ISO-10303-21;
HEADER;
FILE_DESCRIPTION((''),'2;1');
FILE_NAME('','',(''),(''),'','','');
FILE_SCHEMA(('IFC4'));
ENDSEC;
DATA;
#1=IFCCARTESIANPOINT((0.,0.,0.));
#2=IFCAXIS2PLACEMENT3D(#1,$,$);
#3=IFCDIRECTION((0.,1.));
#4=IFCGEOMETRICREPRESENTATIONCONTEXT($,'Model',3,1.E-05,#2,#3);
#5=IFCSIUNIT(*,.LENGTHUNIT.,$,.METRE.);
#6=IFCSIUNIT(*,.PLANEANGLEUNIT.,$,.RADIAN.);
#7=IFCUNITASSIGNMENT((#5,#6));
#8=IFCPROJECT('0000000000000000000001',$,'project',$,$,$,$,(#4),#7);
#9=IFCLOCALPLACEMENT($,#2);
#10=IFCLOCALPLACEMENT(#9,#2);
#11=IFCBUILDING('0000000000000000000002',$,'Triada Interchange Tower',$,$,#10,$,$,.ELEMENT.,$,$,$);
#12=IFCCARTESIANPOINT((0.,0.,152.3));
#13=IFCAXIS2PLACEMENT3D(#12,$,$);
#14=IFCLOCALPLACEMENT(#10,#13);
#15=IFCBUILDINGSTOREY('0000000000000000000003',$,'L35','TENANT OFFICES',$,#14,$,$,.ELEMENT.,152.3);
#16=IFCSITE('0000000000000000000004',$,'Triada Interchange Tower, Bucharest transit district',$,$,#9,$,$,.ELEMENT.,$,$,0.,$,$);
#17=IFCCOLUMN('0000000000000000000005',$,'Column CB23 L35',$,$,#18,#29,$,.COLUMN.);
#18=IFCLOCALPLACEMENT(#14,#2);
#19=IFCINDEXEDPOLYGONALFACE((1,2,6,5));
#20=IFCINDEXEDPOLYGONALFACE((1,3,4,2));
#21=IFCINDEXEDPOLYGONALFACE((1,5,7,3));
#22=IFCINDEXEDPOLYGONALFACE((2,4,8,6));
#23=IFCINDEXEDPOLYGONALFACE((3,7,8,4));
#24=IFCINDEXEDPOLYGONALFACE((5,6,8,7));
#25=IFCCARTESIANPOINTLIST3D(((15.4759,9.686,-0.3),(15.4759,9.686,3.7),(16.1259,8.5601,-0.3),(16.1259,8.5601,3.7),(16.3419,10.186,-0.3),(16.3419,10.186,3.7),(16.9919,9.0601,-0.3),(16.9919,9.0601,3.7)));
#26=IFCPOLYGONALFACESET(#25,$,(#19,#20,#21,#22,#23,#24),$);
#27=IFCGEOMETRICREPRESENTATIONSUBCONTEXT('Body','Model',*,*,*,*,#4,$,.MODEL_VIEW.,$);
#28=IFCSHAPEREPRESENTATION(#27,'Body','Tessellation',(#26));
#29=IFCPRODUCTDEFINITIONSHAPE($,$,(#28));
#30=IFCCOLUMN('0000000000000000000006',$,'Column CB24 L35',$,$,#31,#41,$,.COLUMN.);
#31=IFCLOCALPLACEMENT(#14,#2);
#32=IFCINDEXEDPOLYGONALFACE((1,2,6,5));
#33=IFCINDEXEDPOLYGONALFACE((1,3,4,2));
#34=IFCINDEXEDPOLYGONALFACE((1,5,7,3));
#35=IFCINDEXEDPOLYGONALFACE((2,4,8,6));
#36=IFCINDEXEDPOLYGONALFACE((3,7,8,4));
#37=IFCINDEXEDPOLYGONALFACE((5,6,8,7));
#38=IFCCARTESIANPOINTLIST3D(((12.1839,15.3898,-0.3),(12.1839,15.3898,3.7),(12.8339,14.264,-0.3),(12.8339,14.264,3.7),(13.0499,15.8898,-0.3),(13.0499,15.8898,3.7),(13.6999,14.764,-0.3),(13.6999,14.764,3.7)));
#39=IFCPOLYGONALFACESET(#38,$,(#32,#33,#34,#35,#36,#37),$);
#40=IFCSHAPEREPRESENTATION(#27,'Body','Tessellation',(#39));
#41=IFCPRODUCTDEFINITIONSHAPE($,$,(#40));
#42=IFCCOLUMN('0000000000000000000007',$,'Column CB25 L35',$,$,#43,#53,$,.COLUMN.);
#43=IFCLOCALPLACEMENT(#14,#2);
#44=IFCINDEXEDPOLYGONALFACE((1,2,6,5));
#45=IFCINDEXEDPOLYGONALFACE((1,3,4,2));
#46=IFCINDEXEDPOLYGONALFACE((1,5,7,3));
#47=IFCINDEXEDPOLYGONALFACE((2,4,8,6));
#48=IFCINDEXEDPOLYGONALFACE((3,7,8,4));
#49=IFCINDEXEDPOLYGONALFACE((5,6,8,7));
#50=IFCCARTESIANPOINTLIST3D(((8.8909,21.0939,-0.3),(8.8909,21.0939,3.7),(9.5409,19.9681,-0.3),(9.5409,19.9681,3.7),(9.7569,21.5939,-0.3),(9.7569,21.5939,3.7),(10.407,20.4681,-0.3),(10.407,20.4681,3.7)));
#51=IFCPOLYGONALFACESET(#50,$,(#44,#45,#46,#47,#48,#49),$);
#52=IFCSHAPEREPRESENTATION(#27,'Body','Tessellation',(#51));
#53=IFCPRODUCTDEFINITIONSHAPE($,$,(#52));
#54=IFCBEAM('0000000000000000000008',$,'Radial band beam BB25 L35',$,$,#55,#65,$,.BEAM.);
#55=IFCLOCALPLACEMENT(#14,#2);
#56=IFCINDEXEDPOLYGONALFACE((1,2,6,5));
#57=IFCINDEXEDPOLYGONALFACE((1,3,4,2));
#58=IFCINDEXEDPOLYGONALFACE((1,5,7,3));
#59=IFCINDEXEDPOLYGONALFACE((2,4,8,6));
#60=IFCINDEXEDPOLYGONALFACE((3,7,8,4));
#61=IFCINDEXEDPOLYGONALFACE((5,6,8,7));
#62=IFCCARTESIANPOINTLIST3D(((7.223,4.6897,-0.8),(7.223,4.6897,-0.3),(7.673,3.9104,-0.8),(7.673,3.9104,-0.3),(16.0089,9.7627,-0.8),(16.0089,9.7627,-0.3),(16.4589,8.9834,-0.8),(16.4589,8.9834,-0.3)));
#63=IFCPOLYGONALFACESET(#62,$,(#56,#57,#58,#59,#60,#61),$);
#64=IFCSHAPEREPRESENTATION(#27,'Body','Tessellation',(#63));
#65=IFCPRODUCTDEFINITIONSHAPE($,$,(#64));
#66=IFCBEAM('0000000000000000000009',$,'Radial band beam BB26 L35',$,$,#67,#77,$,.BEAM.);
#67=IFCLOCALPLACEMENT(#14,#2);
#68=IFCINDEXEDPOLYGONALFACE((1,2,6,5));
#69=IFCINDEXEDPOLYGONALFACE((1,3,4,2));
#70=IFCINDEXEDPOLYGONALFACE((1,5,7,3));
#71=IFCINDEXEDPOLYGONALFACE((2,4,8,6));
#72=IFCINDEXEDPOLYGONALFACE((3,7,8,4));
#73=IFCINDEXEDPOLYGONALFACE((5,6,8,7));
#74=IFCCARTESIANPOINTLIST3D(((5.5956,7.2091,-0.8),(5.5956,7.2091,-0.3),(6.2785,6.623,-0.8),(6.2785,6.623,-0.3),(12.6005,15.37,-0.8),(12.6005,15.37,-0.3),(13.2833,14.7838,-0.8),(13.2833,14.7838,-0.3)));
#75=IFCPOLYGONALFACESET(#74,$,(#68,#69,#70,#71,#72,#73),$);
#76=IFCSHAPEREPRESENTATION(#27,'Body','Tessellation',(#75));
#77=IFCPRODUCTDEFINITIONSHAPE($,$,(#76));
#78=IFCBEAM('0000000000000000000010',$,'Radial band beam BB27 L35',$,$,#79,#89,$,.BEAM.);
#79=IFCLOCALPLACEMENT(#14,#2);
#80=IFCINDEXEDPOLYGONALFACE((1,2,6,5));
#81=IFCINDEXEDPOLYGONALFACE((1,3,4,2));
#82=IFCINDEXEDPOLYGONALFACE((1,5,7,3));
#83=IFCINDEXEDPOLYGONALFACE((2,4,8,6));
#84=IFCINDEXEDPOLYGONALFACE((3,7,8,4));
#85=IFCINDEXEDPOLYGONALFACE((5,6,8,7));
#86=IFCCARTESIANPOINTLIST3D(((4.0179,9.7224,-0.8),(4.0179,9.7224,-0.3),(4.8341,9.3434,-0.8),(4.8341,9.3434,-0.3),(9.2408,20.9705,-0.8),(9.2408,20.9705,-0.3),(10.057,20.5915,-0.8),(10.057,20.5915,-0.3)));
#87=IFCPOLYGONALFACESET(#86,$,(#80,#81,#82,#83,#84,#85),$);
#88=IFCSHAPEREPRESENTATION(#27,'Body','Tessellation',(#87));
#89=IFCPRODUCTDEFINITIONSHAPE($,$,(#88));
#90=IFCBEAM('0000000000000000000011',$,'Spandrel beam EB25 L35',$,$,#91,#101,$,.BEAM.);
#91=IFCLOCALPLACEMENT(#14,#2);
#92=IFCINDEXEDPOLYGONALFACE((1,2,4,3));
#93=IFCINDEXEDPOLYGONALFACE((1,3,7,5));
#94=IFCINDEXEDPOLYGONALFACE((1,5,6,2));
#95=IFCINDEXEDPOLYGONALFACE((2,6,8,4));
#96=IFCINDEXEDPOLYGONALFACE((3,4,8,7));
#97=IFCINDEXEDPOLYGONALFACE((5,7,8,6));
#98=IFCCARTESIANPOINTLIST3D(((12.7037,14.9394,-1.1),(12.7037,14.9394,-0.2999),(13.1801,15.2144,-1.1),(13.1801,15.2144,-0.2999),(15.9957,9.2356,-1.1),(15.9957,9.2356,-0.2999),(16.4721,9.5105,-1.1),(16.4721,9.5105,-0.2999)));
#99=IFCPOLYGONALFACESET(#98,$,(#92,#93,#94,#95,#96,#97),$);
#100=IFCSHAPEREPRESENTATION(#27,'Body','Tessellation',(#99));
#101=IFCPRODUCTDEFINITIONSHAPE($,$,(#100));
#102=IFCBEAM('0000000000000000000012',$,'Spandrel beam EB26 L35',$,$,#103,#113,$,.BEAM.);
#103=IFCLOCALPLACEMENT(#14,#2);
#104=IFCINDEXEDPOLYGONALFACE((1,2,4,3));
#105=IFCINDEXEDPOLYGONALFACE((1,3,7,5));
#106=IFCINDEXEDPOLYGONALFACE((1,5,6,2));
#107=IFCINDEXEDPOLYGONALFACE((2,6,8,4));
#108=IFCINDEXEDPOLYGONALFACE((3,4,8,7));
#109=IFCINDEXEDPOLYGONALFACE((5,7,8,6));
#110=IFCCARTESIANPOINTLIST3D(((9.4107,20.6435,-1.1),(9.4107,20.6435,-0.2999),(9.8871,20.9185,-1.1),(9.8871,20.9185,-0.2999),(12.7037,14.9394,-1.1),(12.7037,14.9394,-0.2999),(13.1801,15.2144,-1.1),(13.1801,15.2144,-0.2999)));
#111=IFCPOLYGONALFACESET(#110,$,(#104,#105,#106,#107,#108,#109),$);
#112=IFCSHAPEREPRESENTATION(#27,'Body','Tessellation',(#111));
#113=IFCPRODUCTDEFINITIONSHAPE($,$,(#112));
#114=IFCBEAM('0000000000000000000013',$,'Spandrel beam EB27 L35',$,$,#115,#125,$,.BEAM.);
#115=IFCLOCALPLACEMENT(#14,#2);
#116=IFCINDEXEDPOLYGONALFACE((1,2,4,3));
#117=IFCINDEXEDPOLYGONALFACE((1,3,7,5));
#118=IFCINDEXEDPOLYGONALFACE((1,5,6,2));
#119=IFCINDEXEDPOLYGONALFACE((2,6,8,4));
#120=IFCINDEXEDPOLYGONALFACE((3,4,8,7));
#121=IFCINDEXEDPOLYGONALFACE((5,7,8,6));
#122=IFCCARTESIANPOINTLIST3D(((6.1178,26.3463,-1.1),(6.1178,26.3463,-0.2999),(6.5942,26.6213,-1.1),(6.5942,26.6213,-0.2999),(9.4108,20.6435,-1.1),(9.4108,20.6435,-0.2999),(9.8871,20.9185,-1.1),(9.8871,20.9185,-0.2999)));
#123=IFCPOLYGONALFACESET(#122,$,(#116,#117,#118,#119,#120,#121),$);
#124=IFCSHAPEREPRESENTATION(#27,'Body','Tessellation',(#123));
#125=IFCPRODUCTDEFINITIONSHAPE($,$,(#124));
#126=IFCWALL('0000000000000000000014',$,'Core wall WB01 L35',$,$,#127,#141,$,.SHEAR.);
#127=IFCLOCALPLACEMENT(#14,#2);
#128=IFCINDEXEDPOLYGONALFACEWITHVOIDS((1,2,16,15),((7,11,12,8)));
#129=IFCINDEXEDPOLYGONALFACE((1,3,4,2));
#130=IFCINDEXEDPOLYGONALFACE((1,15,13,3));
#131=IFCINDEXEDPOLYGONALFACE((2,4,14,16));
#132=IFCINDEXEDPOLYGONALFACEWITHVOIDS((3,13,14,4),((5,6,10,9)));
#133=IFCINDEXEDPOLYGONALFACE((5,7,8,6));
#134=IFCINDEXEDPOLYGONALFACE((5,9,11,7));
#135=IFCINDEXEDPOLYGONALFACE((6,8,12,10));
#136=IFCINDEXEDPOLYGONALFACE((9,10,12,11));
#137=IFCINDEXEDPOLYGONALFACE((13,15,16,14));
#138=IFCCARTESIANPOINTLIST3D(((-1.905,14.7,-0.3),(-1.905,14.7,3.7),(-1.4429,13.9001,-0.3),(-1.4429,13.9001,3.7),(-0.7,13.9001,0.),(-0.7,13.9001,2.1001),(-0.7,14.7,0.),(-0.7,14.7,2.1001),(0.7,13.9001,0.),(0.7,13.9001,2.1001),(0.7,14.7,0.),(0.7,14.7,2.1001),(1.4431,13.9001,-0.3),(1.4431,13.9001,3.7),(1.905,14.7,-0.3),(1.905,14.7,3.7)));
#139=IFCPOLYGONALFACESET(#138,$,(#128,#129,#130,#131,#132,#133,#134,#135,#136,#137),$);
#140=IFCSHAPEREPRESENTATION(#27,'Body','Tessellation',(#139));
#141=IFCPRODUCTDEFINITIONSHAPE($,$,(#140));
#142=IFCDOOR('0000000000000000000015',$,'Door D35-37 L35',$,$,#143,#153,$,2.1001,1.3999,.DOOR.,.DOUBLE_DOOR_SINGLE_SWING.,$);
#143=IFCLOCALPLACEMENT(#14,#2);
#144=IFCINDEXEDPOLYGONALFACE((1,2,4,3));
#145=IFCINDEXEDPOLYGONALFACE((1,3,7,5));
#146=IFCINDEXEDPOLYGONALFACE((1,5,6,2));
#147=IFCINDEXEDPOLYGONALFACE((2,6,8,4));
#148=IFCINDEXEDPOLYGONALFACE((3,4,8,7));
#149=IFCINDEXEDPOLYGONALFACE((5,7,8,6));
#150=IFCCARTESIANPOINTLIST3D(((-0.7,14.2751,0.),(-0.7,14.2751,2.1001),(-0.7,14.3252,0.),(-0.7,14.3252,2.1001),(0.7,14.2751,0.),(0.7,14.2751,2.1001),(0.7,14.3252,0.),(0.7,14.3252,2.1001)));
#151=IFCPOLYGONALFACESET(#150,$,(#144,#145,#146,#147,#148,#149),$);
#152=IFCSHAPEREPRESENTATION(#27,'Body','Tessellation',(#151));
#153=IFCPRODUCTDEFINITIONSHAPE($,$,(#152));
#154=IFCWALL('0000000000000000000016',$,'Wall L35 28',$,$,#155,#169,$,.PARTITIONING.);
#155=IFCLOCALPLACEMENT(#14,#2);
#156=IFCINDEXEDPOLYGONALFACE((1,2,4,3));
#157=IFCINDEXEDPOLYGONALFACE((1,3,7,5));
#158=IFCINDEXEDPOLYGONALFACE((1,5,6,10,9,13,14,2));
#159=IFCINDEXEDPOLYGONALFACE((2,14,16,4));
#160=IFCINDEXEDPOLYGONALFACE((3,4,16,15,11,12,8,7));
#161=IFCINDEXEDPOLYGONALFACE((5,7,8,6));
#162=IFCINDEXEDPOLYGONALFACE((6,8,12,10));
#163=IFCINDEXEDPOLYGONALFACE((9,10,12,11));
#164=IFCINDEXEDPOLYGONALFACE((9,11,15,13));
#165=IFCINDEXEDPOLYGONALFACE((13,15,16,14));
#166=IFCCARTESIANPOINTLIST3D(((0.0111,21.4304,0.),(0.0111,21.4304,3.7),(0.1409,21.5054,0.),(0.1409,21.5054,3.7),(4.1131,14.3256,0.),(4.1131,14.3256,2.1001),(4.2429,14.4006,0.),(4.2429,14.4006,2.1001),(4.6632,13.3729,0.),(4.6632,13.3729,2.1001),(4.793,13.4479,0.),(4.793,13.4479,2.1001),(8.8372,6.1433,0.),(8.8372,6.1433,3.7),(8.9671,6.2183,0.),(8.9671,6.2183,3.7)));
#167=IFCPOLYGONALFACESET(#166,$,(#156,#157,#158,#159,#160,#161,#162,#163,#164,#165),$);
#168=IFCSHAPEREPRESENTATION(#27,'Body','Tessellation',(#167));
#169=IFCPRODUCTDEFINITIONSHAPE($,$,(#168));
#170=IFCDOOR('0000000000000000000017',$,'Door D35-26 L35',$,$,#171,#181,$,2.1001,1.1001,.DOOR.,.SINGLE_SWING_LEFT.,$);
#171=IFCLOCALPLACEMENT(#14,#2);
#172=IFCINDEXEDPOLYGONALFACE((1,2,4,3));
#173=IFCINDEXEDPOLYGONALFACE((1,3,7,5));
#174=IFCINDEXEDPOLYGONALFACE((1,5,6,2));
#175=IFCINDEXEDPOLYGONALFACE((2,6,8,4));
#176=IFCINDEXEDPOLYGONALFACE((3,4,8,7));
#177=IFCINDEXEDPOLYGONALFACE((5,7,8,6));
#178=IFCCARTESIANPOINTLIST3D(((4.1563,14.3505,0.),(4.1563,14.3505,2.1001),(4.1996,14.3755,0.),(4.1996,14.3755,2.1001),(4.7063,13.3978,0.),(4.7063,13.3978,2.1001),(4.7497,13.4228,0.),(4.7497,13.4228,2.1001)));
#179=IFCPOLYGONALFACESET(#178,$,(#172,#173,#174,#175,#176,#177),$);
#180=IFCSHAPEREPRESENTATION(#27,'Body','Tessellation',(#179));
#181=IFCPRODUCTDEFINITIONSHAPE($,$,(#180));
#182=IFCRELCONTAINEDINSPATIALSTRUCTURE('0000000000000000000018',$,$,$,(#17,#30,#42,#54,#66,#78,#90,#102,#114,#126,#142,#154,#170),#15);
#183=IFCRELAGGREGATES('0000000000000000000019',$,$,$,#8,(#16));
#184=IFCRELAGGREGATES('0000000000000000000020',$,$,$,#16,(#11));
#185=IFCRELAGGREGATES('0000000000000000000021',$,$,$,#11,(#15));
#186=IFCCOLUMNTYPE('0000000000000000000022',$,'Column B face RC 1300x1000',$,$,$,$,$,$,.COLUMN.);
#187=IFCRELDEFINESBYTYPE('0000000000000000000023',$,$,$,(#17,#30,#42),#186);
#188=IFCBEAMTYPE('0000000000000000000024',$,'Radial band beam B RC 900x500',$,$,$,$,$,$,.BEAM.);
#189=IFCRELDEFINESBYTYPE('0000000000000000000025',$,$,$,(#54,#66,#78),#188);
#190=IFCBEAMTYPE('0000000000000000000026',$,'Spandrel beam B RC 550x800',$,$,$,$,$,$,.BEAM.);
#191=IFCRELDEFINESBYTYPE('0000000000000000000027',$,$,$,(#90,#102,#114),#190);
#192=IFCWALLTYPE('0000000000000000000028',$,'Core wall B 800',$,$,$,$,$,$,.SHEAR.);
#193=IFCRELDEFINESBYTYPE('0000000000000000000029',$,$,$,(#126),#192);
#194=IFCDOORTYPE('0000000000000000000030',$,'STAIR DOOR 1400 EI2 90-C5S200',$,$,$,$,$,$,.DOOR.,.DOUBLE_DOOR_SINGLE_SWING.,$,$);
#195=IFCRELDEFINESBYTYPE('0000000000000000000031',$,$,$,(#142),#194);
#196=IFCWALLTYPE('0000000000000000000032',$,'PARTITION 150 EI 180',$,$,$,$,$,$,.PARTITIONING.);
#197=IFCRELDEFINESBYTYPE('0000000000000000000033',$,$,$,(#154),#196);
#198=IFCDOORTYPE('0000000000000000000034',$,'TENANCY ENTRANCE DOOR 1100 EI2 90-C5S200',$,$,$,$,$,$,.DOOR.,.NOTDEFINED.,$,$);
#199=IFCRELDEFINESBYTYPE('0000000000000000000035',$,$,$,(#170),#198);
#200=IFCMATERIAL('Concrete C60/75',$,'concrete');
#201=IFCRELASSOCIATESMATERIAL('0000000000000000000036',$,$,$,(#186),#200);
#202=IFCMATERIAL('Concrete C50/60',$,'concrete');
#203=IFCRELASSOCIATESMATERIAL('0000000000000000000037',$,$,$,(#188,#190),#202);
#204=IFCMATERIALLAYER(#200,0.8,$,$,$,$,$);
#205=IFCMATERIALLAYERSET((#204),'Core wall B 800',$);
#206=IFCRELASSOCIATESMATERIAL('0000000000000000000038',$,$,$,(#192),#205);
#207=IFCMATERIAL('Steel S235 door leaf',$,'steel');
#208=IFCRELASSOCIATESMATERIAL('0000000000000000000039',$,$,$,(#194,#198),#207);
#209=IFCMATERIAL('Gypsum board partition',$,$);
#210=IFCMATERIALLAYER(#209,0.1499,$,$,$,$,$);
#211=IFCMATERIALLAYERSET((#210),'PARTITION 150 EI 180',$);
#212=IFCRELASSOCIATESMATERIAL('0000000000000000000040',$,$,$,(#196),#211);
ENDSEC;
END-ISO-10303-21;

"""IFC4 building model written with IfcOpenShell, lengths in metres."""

from ifc_helpers import new_model, si_unit, direction, frame, frame_2d, origin, origin_2d, place, context, subcontext, project, spatial, polyline, rectangle, outline, extrude, material, layer, layer_set, material_profile, profile_set, type_object, element, fill, save


model = new_model("IFC4")

# Units and contexts
model_context = context("Model", 3, precision=1e-05, world=origin(), true_north=direction((0.0, 1.0)))
body_context = subcontext(model_context, "Body", "Model", "MODEL_VIEW")
ifc_project = project(units=[si_unit("LENGTHUNIT", "METRE"), si_unit("PLANEANGLEUNIT", "RADIAN")], contexts=[model_context])

# Site, building, storey
site_placement = place(None, origin())
site = spatial("IfcSite", under=ifc_project, at=site_placement, Name="Triada Interchange Tower, Bucharest transit district", CompositionType="ELEMENT", RefElevation=0.0)
building_placement = place(site_placement, origin())
building = spatial("IfcBuilding", under=site, at=building_placement, Name="Triada Interchange Tower", CompositionType="ELEMENT")
storey_placement = place(building_placement, frame((0.0, 0.0, 152.3)))
storey = spatial("IfcBuildingStorey", under=building, at=storey_placement, Name="L35", Description="TENANT OFFICES", CompositionType="ELEMENT", Elevation=152.3)

# Columns
ifc_material_1 = material(Name="Concrete C60/75", Category="concrete")
ifc_material_profile_1 = material_profile(ifc_material_1, rectangle(XDim=1.3, YDim=1.0, at=origin_2d()), Name="RC 1300x1000")
ifc_profile_set_1 = profile_set([ifc_material_profile_1], Name="Concrete C60/75")
column_type = type_object("IfcColumnType", Name="Column B face RC 1300x1000", PredefinedType="COLUMN", material=ifc_profile_set_1)
for number, where, z_axis, x_axis, name in (
    (1, (16.2339, 9.373, -0.3), (0.0, 0.0, 1.0), (-0.5, 0.866025, 0.0), "Column CB23 L35"),
    (2, (12.9419, 15.0769, -0.3), (0.0, 0.0, 1.0), (-0.5, 0.866025, 0.0), "Column CB24 L35"),
    (3, (9.6489, 20.781, -0.3), (0.0, 0.0, 1.0), (-0.5, 0.866025, 0.0), "Column CB25 L35"),
):
    element("IfcColumn", number, at=place(storey_placement, frame(where, z_axis=z_axis, x_axis=x_axis)), inside=storey, type_object=column_type, Name=name, PredefinedType="COLUMN", context=body_context, shape_type="SweptSolid", body=[
        extrude(rectangle(XDim=1.3, YDim=1.0, at=origin_2d()), origin(), (0.0, 0.0, 1.0), 4.0),
    ])

# Beams
ifc_material_2 = material(Name="Concrete C50/60", Category="concrete")
ifc_material_profile_2 = material_profile(ifc_material_2, rectangle(XDim=0.8999, YDim=0.5, at=origin_2d()), Name="RC 900x500")
ifc_profile_set_2 = profile_set([ifc_material_profile_2], Name="Concrete C50/60")
beam_type_1 = type_object("IfcBeamType", Name="Radial band beam B RC 900x500", PredefinedType="BEAM", material=ifc_profile_set_2)
beam_1_placement = place(storey_placement, frame((16.2339, 9.373, -0.55), z_axis=(-0.866006, -0.500034, 0.0), x_axis=(0.500034, -0.866006, 0.0)))
element("IfcBeam", 4, at=beam_1_placement, inside=storey, type_object=beam_type_1, Name="Radial band beam BB25 L35", PredefinedType="BEAM", context=body_context, shape_type="SweptSolid", body=[
    extrude(rectangle(XDim=0.8999, YDim=0.5, at=origin_2d()), origin(), (0.0, 0.0, 1.0), 10.1453),
])
beam_2_placement = place(storey_placement, frame((12.9419, 15.0769, -0.55), z_axis=(-0.651318, -0.758805, 0.0), x_axis=(0.758805, -0.651318, 0.0)))
element("IfcBeam", 5, at=beam_2_placement, inside=storey, type_object=beam_type_1, Name="Radial band beam BB26 L35", PredefinedType="BEAM", context=body_context, shape_type="SweptSolid", body=[
    extrude(rectangle(XDim=0.8999, YDim=0.5, at=origin_2d()), origin(), (0.0, 0.0, 1.0), 10.7549),
])
beam_3_placement = place(storey_placement, frame((9.6489, 20.781, -0.55), z_axis=(-0.421151, -0.906991, 0.0), x_axis=(0.906991, -0.421151, 0.0)))
element("IfcBeam", 6, at=beam_3_placement, inside=storey, type_object=beam_type_1, Name="Radial band beam BB27 L35", PredefinedType="BEAM", context=body_context, shape_type="SweptSolid", body=[
    extrude(rectangle(XDim=0.8999, YDim=0.5, at=origin_2d()), origin(), (0.0, 0.0, 1.0), 12.4016),
])
ifc_material_profile_3 = material_profile(ifc_material_2, rectangle(XDim=0.55, YDim=0.8, at=origin_2d()), Name="RC 550x800")
ifc_profile_set_3 = profile_set([ifc_material_profile_3], Name="Concrete C50/60")
beam_type_2 = type_object("IfcBeamType", Name="Spandrel beam B RC 550x800", PredefinedType="BEAM", material=ifc_profile_set_3)
beam_4_placement = place(storey_placement, frame((16.2339, 9.373, -0.7), z_axis=(-0.499871, 0.8661, 0.0), x_axis=(-0.8661, -0.499871, 0.0)))
element("IfcBeam", 7, at=beam_4_placement, inside=storey, type_object=beam_type_2, Name="Spandrel beam EB25 L35", PredefinedType="BEAM", context=body_context, shape_type="SweptSolid", body=[
    extrude(rectangle(XDim=0.55, YDim=0.8, at=origin_2d()), origin(), (0.0, 0.0, 1.0), 6.5857),
])
beam_5_placement = place(storey_placement, frame((12.9419, 15.0769, -0.7), z_axis=(-0.499966, 0.866045, 0.0), x_axis=(-0.866045, -0.499966, 0.0)))
element("IfcBeam", 8, at=beam_5_placement, inside=storey, type_object=beam_type_2, Name="Spandrel beam EB26 L35", PredefinedType="BEAM", context=body_context, shape_type="SweptSolid", body=[
    extrude(rectangle(XDim=0.55, YDim=0.8, at=origin_2d()), origin(), (0.0, 0.0, 1.0), 6.5864),
])
beam_6_placement = place(storey_placement, frame((9.6489, 20.781, -0.7), z_axis=(-0.500047, 0.865999, 0.0), x_axis=(-0.865999, -0.500047, 0.0)))
element("IfcBeam", 9, at=beam_6_placement, inside=storey, type_object=beam_type_2, Name="Spandrel beam EB27 L35", PredefinedType="BEAM", context=body_context, shape_type="SweptSolid", body=[
    extrude(rectangle(XDim=0.55, YDim=0.8, at=origin_2d()), origin(), (0.0, 0.0, 1.0), 6.5852),
])

# Walls, openings, doors
ifc_layer_1 = layer(ifc_material_1, 0.8)
ifc_layer_set_1 = layer_set([ifc_layer_1], Name="Core wall B 800")
wall_type_1 = type_object("IfcWallType", Name="Core wall B 800", PredefinedType="SHEAR", material=ifc_layer_set_1)
wall_1_placement = place(storey_placement, frame((1.6741, 14.3, -0.3), z_axis=(0.0, 0.0, 1.0), x_axis=(-1.0, 0.0, 0.0)))
wall_1 = element("IfcWall", 10, at=wall_1_placement, inside=storey, type_object=wall_type_1, Name="Core wall WB01 L35", PredefinedType="SHEAR", context=body_context, shape_type="SweptSolid", body=[
    extrude(outline(polyline([(-0.231, -0.3999), (1.6741, -0.3999), (3.5791, -0.3999), (3.1169, 0.3999), (1.6738, 0.3999), (0.231, 0.3999), (-0.231, -0.3999)])), origin(), (0.0, 0.0, 1.0), 4.0),
])
opening_1_placement = place(wall_1_placement, frame((0.9741, 0.0, 0.3)))
opening_1 = element("IfcOpeningElement", 11, at=opening_1_placement, cuts=wall_1, PredefinedType="OPENING", context=body_context, shape_type="SweptSolid", body=[
    extrude(rectangle(XDim=1.3999, YDim=2.1001, at=frame_2d((0.7, 1.05))), frame((0.0, 0.4099, 0.0), z_axis=(0.0, -1.0, 0.0), x_axis=(1.0, 0.0, 0.0)), (0.0, 0.0, 1.0), 0.8201),
])
ifc_material_3 = material(Name="Steel S235 door leaf", Category="steel")
door_type_1 = type_object("IfcDoorType", Name="STAIR DOOR 1400 EI2 90-C5S200", OperationType="DOUBLE_DOOR_SINGLE_SWING", PredefinedType="DOOR", material=ifc_material_3)
door_1_placement = place(opening_1_placement, origin())
door_1 = element("IfcDoor", 12, at=door_1_placement, inside=storey, type_object=door_type_1, Name="Door D35-37 L35", OperationType="DOUBLE_DOOR_SINGLE_SWING", OverallHeight=2.1001, OverallWidth=1.3999, PredefinedType="DOOR", context=body_context, shape_type="SweptSolid", body=[
    extrude(rectangle(XDim=1.3999, YDim=2.1001, at=frame_2d((0.7, 1.05))), frame((0.0, 0.0249, 0.0), z_axis=(0.0, -1.0, 0.0), x_axis=(1.0, 0.0, 0.0)), (0.0, 0.0, 1.0), 0.05),
])
fill(opening_1, door_1)
ifc_material_4 = material(Name="Gypsum board partition")
ifc_layer_2 = layer(ifc_material_4, 0.1499)
ifc_layer_set_2 = layer_set([ifc_layer_2], Name="PARTITION 150 EI 180")
wall_type_2 = type_object("IfcWallType", Name="PARTITION 150 EI 180", PredefinedType="PARTITIONING", material=ifc_layer_set_2)
wall_2_placement = place(storey_placement, frame((0.0759, 21.468, 0.0), z_axis=(0.0, 0.0, 1.0), x_axis=(0.500007, -0.866022, 0.0)))
wall_2 = element("IfcWall", 13, at=wall_2_placement, inside=storey, type_object=wall_type_2, Name="Wall L35 28", PredefinedType="PARTITIONING", context=body_context, shape_type="SweptSolid", body=[
    extrude(rectangle(XDim=17.6521, YDim=0.1499, at=frame_2d((8.8262, 0.0))), origin(), (0.0, 0.0, 1.0), 3.7),
])
opening_2_placement = place(wall_2_placement, frame((8.2041, 0.0, 0.0)))
opening_2 = element("IfcOpeningElement", 14, at=opening_2_placement, cuts=wall_2, PredefinedType="OPENING", context=body_context, shape_type="SweptSolid", body=[
    extrude(rectangle(XDim=1.1001, YDim=2.1001, at=frame_2d((0.55, 1.05))), frame((0.0, 0.085, 0.0), z_axis=(0.0, -1.0, 0.0), x_axis=(1.0, 0.0, 0.0)), (0.0, 0.0, 1.0), 0.1699),
])
door_type_2 = type_object("IfcDoorType", Name="TENANCY ENTRANCE DOOR 1100 EI2 90-C5S200", OperationType="NOTDEFINED", PredefinedType="DOOR", material=ifc_material_3)
door_2_placement = place(opening_2_placement, origin())
door_2 = element("IfcDoor", 15, at=door_2_placement, inside=storey, type_object=door_type_2, Name="Door D35-26 L35", OperationType="SINGLE_SWING_LEFT", OverallHeight=2.1001, OverallWidth=1.1001, PredefinedType="DOOR", context=body_context, shape_type="SweptSolid", body=[
    extrude(rectangle(XDim=1.1001, YDim=2.1001, at=frame_2d((0.55, 1.05))), frame((0.0, 0.0249, 0.0), z_axis=(0.0, -1.0, 0.0), x_axis=(1.0, 0.0, 0.0)), (0.0, 0.0, 1.0), 0.05),
])
fill(opening_2, door_2)

save(model, "model.ifc")
